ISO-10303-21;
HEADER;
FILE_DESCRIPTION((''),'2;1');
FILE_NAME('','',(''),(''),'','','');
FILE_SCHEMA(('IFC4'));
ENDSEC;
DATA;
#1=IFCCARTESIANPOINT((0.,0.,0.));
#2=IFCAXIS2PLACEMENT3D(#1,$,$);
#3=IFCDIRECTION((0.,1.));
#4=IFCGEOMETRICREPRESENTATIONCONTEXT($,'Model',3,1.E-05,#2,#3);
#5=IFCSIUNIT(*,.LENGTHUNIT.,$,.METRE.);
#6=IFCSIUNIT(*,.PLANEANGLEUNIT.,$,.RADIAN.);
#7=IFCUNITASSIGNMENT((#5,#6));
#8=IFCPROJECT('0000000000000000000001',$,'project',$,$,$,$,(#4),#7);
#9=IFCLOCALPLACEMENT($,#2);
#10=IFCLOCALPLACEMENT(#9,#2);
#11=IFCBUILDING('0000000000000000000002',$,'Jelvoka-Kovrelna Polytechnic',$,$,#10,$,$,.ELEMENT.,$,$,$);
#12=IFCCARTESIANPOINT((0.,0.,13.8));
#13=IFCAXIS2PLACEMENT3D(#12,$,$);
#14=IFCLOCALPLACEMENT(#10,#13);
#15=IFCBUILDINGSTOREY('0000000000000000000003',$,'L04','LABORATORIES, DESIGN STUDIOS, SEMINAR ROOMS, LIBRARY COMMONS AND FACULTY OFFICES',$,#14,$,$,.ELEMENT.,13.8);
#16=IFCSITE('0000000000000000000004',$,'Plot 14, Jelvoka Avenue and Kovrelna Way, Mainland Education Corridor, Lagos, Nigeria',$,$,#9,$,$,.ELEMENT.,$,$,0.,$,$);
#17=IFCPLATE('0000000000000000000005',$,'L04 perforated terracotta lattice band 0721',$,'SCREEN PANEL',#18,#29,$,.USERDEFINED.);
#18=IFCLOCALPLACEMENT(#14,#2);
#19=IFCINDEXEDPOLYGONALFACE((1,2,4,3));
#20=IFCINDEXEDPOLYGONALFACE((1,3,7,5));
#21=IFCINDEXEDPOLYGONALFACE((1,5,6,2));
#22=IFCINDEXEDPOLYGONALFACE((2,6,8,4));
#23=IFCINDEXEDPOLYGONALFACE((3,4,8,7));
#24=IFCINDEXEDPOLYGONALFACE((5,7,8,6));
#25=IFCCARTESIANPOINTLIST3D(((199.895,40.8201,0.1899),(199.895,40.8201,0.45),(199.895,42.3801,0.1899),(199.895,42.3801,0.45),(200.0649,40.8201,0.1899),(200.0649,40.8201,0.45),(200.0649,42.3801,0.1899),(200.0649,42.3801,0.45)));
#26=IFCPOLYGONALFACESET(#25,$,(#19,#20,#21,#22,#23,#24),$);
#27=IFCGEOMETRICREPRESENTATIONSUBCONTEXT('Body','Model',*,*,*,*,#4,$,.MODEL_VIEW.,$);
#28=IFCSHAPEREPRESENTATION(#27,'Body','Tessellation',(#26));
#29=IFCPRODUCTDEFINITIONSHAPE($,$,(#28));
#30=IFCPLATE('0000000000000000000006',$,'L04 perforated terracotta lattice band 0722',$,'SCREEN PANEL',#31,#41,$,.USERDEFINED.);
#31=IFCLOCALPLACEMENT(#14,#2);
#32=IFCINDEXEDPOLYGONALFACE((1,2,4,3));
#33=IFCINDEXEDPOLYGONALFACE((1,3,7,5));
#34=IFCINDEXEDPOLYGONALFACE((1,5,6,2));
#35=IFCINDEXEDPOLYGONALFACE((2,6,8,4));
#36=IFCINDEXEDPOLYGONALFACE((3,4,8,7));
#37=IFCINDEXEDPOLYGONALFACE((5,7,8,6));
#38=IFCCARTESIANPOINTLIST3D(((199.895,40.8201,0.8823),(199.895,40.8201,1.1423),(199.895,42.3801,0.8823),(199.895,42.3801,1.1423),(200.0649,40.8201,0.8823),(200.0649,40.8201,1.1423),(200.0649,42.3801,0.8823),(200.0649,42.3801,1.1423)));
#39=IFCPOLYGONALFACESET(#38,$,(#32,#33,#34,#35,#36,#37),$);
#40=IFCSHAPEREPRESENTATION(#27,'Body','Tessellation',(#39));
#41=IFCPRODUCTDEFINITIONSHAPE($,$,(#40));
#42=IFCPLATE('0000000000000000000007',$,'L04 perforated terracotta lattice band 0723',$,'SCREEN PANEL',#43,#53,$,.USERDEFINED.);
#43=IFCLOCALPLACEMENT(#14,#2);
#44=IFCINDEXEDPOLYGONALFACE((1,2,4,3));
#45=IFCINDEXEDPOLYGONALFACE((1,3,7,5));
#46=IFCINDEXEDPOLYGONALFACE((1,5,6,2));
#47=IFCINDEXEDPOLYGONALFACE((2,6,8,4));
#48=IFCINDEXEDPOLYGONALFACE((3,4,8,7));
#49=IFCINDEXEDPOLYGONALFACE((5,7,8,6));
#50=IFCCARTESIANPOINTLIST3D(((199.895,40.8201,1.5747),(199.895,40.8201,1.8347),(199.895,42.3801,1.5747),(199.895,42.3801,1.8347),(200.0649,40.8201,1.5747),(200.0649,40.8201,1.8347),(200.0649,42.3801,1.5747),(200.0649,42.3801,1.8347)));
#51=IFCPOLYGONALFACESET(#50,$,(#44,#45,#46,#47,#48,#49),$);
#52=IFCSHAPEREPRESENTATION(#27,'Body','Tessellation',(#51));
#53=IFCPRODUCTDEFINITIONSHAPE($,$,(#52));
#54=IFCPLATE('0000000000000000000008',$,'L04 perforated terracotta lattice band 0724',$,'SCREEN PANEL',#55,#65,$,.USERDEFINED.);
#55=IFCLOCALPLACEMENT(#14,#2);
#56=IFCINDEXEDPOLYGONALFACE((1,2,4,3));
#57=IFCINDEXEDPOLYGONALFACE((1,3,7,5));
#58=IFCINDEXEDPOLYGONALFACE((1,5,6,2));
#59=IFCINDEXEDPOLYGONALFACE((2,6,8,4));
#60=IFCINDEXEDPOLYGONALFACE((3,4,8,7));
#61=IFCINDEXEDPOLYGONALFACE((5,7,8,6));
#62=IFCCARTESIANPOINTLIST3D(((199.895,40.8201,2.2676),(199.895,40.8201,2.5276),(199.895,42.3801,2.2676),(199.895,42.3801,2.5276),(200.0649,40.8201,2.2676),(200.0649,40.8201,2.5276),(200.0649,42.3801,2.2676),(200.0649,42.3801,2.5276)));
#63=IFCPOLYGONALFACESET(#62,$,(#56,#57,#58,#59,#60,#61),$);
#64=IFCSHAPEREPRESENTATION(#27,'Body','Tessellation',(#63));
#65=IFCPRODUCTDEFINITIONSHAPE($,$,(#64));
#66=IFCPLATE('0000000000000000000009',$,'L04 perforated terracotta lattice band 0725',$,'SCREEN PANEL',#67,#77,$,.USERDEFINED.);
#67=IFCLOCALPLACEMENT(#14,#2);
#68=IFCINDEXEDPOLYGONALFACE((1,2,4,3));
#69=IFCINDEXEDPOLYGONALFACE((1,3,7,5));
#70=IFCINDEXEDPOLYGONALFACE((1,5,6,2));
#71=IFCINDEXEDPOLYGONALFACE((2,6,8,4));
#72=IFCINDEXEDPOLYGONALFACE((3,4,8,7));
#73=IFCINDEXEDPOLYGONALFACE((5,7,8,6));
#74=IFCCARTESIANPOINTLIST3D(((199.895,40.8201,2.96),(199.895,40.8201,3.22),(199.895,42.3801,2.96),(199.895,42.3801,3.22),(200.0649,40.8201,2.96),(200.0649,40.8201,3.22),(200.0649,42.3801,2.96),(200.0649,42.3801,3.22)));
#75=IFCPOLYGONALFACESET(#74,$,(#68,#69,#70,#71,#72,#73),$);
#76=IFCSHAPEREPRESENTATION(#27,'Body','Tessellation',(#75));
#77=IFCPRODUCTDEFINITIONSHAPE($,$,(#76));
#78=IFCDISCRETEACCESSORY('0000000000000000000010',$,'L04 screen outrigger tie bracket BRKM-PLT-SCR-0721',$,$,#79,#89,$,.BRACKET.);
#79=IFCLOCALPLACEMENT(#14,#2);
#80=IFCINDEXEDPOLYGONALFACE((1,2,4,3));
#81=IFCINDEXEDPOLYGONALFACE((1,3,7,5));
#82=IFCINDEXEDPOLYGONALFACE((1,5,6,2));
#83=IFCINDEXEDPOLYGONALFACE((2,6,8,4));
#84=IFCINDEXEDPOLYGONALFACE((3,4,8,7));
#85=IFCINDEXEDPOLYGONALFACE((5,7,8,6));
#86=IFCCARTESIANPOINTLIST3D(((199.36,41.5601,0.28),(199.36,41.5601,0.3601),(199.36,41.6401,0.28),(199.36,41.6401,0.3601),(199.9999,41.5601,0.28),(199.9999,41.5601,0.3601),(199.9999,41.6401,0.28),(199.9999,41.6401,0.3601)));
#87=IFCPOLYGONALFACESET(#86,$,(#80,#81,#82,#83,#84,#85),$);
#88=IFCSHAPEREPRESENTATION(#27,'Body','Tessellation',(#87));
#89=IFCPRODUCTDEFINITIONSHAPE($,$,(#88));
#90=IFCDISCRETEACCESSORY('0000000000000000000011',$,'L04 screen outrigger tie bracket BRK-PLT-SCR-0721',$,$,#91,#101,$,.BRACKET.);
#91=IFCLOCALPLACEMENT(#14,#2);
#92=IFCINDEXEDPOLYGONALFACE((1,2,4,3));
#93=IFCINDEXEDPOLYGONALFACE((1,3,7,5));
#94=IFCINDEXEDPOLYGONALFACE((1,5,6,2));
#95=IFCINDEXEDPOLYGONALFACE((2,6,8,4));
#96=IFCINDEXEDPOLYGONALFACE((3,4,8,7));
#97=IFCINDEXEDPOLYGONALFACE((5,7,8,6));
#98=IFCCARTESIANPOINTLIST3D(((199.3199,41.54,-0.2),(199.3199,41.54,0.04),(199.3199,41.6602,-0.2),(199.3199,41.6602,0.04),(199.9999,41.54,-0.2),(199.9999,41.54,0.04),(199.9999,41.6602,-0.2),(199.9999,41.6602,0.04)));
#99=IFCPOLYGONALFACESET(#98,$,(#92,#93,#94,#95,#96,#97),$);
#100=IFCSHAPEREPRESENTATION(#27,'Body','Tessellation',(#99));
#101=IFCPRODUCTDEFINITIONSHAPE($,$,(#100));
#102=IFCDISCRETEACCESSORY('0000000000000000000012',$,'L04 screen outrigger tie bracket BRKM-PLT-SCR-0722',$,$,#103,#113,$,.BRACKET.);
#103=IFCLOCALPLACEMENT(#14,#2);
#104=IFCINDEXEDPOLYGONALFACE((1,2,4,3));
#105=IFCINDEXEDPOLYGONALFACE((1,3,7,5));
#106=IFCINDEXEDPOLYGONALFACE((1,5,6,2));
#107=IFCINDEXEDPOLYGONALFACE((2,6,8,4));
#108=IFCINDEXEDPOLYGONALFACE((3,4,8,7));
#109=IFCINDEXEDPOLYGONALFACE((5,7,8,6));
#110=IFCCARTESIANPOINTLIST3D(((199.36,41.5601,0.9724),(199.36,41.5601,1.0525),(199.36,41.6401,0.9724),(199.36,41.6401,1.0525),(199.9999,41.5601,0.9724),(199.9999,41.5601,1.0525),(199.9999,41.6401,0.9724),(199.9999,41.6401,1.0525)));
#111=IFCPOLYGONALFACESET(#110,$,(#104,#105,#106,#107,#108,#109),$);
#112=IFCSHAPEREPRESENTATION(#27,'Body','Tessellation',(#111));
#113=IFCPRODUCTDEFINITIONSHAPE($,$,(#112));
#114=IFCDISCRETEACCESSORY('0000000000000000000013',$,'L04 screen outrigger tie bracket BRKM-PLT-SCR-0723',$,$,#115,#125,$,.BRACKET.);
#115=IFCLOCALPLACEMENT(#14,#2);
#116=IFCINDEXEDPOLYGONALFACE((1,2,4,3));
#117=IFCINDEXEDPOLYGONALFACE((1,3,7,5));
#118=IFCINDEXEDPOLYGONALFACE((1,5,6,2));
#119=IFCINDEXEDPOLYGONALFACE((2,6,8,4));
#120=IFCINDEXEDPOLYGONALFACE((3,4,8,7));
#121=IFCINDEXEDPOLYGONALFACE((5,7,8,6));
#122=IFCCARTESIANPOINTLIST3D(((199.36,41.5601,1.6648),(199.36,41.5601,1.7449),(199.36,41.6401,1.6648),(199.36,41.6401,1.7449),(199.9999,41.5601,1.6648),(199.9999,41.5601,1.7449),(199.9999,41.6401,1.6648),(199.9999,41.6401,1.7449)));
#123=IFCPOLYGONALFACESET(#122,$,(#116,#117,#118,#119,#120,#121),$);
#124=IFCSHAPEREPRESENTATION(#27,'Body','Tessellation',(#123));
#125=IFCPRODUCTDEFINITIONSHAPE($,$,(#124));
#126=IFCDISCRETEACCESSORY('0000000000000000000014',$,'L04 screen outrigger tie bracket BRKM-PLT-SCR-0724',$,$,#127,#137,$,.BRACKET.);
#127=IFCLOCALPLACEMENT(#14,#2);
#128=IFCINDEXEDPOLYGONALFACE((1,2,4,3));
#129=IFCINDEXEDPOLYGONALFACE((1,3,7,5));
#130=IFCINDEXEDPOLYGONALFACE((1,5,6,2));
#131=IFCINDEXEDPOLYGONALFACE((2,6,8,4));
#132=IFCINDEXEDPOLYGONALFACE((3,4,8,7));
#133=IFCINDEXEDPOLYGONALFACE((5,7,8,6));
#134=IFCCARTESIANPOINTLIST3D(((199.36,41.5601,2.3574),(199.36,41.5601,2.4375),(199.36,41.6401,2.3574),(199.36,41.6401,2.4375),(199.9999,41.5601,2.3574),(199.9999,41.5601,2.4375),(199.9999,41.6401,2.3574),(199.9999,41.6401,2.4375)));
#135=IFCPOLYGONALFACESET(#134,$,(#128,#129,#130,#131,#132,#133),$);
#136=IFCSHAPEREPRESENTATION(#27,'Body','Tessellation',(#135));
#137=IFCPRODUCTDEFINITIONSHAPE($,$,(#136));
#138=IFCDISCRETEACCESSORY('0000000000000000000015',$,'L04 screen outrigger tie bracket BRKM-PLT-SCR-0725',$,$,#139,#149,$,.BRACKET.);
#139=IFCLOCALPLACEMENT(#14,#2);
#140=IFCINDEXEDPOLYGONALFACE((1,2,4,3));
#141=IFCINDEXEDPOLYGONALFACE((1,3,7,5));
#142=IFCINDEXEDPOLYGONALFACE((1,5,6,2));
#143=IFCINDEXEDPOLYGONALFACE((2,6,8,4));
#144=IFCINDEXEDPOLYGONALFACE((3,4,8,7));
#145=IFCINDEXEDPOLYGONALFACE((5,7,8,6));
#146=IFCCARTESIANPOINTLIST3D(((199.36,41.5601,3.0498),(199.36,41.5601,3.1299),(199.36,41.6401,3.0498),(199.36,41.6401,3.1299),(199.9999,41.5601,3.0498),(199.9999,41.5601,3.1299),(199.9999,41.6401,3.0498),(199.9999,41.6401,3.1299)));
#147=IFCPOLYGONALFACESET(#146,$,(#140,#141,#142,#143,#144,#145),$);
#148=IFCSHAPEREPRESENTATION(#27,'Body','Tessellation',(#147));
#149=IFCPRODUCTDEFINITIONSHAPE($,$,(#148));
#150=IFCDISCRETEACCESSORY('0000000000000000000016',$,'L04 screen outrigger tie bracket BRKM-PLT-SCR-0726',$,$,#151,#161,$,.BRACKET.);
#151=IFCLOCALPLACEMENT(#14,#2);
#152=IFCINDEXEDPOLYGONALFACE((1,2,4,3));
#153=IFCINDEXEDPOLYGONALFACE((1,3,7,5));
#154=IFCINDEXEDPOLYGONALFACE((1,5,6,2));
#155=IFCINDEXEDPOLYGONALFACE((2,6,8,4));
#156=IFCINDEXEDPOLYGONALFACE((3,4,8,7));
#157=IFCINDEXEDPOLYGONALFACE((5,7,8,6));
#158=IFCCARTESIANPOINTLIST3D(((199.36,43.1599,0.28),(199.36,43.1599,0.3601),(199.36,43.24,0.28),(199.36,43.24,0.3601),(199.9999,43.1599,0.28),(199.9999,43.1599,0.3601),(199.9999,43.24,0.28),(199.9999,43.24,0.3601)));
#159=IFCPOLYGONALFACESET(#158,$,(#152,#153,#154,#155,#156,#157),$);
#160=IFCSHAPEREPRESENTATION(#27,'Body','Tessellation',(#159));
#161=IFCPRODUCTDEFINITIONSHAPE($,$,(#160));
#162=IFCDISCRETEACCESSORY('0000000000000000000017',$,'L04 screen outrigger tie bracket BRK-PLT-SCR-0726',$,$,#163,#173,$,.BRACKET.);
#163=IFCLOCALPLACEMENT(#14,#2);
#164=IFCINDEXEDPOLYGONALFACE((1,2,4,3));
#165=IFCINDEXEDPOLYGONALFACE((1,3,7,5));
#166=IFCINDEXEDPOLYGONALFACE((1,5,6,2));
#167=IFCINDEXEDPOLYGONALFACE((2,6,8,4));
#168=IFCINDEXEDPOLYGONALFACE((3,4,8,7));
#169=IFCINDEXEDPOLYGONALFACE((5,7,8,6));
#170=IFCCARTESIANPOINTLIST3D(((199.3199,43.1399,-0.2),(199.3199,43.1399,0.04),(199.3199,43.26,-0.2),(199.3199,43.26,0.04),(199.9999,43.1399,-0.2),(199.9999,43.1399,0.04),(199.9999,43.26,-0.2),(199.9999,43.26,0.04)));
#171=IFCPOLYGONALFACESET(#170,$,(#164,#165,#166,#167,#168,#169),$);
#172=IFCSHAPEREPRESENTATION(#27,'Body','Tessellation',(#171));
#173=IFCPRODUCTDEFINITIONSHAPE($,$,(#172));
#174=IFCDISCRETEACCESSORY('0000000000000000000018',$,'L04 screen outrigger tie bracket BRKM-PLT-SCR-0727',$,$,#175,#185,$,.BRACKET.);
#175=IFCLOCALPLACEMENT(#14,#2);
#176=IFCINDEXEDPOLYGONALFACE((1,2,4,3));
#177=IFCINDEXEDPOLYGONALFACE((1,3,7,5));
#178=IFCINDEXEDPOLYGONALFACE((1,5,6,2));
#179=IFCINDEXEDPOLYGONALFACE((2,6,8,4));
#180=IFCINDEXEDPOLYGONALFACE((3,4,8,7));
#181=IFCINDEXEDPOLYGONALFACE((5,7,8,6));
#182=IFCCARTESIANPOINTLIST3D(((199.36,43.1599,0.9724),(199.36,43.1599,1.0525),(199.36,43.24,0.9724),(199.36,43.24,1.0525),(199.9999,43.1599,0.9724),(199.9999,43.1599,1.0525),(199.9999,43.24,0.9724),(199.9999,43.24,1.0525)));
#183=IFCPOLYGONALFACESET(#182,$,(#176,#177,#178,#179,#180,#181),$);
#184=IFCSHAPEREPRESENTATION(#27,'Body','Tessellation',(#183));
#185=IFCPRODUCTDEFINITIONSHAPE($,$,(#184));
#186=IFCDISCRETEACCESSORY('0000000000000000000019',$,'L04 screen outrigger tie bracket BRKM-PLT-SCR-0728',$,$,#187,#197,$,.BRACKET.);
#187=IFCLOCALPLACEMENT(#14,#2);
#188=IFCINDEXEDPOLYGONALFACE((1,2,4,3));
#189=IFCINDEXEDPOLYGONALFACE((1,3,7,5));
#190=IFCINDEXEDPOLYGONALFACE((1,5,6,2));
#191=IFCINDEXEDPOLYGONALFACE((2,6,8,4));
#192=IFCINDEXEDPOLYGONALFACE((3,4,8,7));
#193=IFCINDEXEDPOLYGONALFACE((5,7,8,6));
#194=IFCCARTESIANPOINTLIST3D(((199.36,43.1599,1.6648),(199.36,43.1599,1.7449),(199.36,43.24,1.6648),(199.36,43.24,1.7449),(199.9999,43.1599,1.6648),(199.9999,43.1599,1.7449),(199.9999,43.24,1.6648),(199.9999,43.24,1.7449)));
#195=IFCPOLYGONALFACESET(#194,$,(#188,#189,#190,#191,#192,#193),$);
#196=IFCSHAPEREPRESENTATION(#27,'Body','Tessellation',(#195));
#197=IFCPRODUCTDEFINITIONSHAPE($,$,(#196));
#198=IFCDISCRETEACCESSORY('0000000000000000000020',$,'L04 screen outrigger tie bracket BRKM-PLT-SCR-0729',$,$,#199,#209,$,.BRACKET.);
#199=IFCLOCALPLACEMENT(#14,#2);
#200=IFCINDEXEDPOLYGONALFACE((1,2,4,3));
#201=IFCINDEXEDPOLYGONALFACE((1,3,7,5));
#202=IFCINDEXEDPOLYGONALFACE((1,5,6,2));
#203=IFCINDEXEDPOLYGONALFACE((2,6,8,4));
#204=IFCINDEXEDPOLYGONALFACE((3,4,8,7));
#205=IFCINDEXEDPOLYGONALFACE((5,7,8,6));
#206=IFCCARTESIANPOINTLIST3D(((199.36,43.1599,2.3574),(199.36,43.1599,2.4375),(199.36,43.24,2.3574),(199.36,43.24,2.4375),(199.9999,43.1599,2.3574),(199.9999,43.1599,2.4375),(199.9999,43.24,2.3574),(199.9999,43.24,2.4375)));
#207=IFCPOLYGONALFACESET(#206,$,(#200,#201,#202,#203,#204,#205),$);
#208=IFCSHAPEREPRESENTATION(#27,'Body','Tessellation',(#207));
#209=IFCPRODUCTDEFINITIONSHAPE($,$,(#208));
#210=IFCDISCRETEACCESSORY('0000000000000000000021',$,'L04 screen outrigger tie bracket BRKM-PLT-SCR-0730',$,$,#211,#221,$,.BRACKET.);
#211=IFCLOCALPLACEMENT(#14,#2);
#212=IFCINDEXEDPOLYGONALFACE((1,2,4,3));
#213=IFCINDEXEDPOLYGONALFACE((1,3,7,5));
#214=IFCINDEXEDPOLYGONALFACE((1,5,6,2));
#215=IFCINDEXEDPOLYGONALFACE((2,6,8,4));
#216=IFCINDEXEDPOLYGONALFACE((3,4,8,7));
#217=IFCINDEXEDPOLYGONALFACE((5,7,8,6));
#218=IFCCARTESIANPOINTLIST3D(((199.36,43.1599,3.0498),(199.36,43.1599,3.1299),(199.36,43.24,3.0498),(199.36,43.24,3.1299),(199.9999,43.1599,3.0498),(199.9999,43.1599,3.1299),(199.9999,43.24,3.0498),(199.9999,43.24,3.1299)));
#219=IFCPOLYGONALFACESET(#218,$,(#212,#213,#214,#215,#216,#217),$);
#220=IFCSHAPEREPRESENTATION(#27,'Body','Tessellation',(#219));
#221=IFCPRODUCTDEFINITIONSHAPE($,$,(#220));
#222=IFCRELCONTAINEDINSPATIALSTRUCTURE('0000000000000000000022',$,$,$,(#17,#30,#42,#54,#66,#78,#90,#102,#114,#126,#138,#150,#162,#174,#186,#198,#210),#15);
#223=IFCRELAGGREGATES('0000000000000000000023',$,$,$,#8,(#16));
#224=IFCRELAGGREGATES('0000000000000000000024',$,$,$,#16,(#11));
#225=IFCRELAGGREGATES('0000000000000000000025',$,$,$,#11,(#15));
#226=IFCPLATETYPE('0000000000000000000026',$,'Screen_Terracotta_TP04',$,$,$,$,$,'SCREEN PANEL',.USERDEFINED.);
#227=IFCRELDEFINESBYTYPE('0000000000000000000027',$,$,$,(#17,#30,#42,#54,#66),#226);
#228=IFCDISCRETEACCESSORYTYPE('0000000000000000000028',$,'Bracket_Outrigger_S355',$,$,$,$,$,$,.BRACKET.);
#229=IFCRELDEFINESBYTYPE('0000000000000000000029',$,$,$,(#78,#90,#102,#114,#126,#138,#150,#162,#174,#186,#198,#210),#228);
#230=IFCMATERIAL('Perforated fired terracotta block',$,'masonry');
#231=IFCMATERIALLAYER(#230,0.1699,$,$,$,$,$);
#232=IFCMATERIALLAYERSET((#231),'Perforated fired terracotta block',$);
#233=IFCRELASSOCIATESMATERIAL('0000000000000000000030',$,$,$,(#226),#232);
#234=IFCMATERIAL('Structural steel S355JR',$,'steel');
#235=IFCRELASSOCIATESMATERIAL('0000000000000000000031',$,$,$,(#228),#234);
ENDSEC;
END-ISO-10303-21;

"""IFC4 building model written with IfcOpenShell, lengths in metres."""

from ifc_helpers import new_model, si_unit, direction, frame, origin, origin_2d, place, context, subcontext, project, spatial, rectangle, extrude, material, layer, layer_set, type_object, element, save


model = new_model("IFC4")

# Units and contexts
model_context = context("Model", 3, precision=1e-05, world=origin(), true_north=direction((0.0, 1.0)))
body_context = subcontext(model_context, "Body", "Model", "MODEL_VIEW")
ifc_project = project(units=[si_unit("LENGTHUNIT", "METRE"), si_unit("PLANEANGLEUNIT", "RADIAN")], contexts=[model_context])

# Site, building, storey
site_placement = place(None, origin())
site = spatial("IfcSite", under=ifc_project, at=site_placement, Name="Plot 14, Jelvoka Avenue and Kovrelna Way, Mainland Education Corridor, Lagos, Nigeria", CompositionType="ELEMENT", RefElevation=0.0)
building_placement = place(site_placement, origin())
building = spatial("IfcBuilding", under=site, at=building_placement, Name="Jelvoka-Kovrelna Polytechnic", CompositionType="ELEMENT")
storey_placement = place(building_placement, frame((0.0, 0.0, 13.8)))
storey = spatial("IfcBuildingStorey", under=building, at=storey_placement, Name="L04", Description="LABORATORIES, DESIGN STUDIOS, SEMINAR ROOMS, LIBRARY COMMONS AND FACULTY OFFICES", CompositionType="ELEMENT", Elevation=13.8)

# Plates
ifc_material_1 = material(Name="Perforated fired terracotta block", Category="masonry")
ifc_layer = layer(ifc_material_1, 0.1699)
ifc_layer_set = layer_set([ifc_layer], Name="Perforated fired terracotta block")
plate_type = type_object("IfcPlateType", Name="Screen_Terracotta_TP04", ElementType="SCREEN PANEL", PredefinedType="USERDEFINED", material=ifc_layer_set)
for number, where, z_axis, x_axis, name in (
    (1, (199.98, 41.6001, 0.1899), (0.0, 0.0, 1.0), (0.0, 1.0, 0.0), "L04 perforated terracotta lattice band 0721"),
    (2, (199.98, 41.6001, 0.8823), (0.0, 0.0, 1.0), (0.0, 1.0, 0.0), "L04 perforated terracotta lattice band 0722"),
    (3, (199.98, 41.6001, 1.5747), (0.0, 0.0, 1.0), (0.0, 1.0, 0.0), "L04 perforated terracotta lattice band 0723"),
    (4, (199.98, 41.6001, 2.2676), (0.0, 0.0, 1.0), (0.0, 1.0, 0.0), "L04 perforated terracotta lattice band 0724"),
    (5, (199.98, 41.6001, 2.96), (0.0, 0.0, 1.0), (0.0, 1.0, 0.0), "L04 perforated terracotta lattice band 0725"),
):
    element("IfcPlate", number, at=place(storey_placement, frame(where, z_axis=z_axis, x_axis=x_axis)), inside=storey, type_object=plate_type, Name=name, ObjectType="SCREEN PANEL", PredefinedType="USERDEFINED", context=body_context, shape_type="SweptSolid", body=[
        extrude(rectangle(XDim=1.5601, YDim=0.1699, at=origin_2d()), origin(), (0.0, 0.0, 1.0), 0.26),
    ])

# Discrete accessories
ifc_material_2 = material(Name="Structural steel S355JR", Category="steel")
discrete_accessory_type = type_object("IfcDiscreteAccessoryType", Name="Bracket_Outrigger_S355", PredefinedType="BRACKET", material=ifc_material_2)
discrete_accessory_1_placement = place(storey_placement, frame((199.6799, 41.6001, 0.28), z_axis=(0.0, 0.0, 1.0), x_axis=(1.0, 0.0, 0.0)))
element("IfcDiscreteAccessory", 6, at=discrete_accessory_1_placement, inside=storey, type_object=discrete_accessory_type, Name="L04 screen outrigger tie bracket BRKM-PLT-SCR-0721", PredefinedType="BRACKET", context=body_context, shape_type="SweptSolid", body=[
    extrude(rectangle(XDim=0.6399, YDim=0.0801, at=origin_2d()), origin(), (0.0, 0.0, 1.0), 0.0801),
])
discrete_accessory_2_placement = place(storey_placement, frame((199.6599, 41.6001, -0.2), z_axis=(0.0, 0.0, 1.0), x_axis=(1.0, 0.0, 0.0)))
element("IfcDiscreteAccessory", 7, at=discrete_accessory_2_placement, inside=storey, type_object=discrete_accessory_type, Name="L04 screen outrigger tie bracket BRK-PLT-SCR-0721", PredefinedType="BRACKET", context=body_context, shape_type="SweptSolid", body=[
    extrude(rectangle(XDim=0.6799, YDim=0.1201, at=origin_2d()), origin(), (0.0, 0.0, 1.0), 0.24),
])
for number, where, z_axis, x_axis, name in (
    (8, (199.6799, 41.6001, 0.9724), (0.0, 0.0, 1.0), (1.0, 0.0, 0.0), "L04 screen outrigger tie bracket BRKM-PLT-SCR-0722"),
    (9, (199.6799, 41.6001, 1.6648), (0.0, 0.0, 1.0), (1.0, 0.0, 0.0), "L04 screen outrigger tie bracket BRKM-PLT-SCR-0723"),
    (10, (199.6799, 41.6001, 2.3574), (0.0, 0.0, 1.0), (1.0, 0.0, 0.0), "L04 screen outrigger tie bracket BRKM-PLT-SCR-0724"),
    (11, (199.6799, 41.6001, 3.0498), (0.0, 0.0, 1.0), (1.0, 0.0, 0.0), "L04 screen outrigger tie bracket BRKM-PLT-SCR-0725"),
    (12, (199.6799, 43.2, 0.28), (0.0, 0.0, 1.0), (1.0, 0.0, 0.0), "L04 screen outrigger tie bracket BRKM-PLT-SCR-0726"),
):
    element("IfcDiscreteAccessory", number, at=place(storey_placement, frame(where, z_axis=z_axis, x_axis=x_axis)), inside=storey, type_object=discrete_accessory_type, Name=name, PredefinedType="BRACKET", context=body_context, shape_type="SweptSolid", body=[
        extrude(rectangle(XDim=0.6399, YDim=0.0801, at=origin_2d()), origin(), (0.0, 0.0, 1.0), 0.0801),
    ])
discrete_accessory_3_placement = place(storey_placement, frame((199.6599, 43.2, -0.2), z_axis=(0.0, 0.0, 1.0), x_axis=(1.0, 0.0, 0.0)))
element("IfcDiscreteAccessory", 13, at=discrete_accessory_3_placement, inside=storey, type_object=discrete_accessory_type, Name="L04 screen outrigger tie bracket BRK-PLT-SCR-0726", PredefinedType="BRACKET", context=body_context, shape_type="SweptSolid", body=[
    extrude(rectangle(XDim=0.6799, YDim=0.1201, at=origin_2d()), origin(), (0.0, 0.0, 1.0), 0.24),
])
for number, where, z_axis, x_axis, name in (
    (14, (199.6799, 43.2, 0.9724), (0.0, 0.0, 1.0), (1.0, 0.0, 0.0), "L04 screen outrigger tie bracket BRKM-PLT-SCR-0727"),
    (15, (199.6799, 43.2, 1.6648), (0.0, 0.0, 1.0), (1.0, 0.0, 0.0), "L04 screen outrigger tie bracket BRKM-PLT-SCR-0728"),
    (16, (199.6799, 43.2, 2.3574), (0.0, 0.0, 1.0), (1.0, 0.0, 0.0), "L04 screen outrigger tie bracket BRKM-PLT-SCR-0729"),
    (17, (199.6799, 43.2, 3.0498), (0.0, 0.0, 1.0), (1.0, 0.0, 0.0), "L04 screen outrigger tie bracket BRKM-PLT-SCR-0730"),
):
    element("IfcDiscreteAccessory", number, at=place(storey_placement, frame(where, z_axis=z_axis, x_axis=x_axis)), inside=storey, type_object=discrete_accessory_type, Name=name, PredefinedType="BRACKET", context=body_context, shape_type="SweptSolid", body=[
        extrude(rectangle(XDim=0.6399, YDim=0.0801, at=origin_2d()), origin(), (0.0, 0.0, 1.0), 0.0801),
    ])

save(model, "model.ifc")
